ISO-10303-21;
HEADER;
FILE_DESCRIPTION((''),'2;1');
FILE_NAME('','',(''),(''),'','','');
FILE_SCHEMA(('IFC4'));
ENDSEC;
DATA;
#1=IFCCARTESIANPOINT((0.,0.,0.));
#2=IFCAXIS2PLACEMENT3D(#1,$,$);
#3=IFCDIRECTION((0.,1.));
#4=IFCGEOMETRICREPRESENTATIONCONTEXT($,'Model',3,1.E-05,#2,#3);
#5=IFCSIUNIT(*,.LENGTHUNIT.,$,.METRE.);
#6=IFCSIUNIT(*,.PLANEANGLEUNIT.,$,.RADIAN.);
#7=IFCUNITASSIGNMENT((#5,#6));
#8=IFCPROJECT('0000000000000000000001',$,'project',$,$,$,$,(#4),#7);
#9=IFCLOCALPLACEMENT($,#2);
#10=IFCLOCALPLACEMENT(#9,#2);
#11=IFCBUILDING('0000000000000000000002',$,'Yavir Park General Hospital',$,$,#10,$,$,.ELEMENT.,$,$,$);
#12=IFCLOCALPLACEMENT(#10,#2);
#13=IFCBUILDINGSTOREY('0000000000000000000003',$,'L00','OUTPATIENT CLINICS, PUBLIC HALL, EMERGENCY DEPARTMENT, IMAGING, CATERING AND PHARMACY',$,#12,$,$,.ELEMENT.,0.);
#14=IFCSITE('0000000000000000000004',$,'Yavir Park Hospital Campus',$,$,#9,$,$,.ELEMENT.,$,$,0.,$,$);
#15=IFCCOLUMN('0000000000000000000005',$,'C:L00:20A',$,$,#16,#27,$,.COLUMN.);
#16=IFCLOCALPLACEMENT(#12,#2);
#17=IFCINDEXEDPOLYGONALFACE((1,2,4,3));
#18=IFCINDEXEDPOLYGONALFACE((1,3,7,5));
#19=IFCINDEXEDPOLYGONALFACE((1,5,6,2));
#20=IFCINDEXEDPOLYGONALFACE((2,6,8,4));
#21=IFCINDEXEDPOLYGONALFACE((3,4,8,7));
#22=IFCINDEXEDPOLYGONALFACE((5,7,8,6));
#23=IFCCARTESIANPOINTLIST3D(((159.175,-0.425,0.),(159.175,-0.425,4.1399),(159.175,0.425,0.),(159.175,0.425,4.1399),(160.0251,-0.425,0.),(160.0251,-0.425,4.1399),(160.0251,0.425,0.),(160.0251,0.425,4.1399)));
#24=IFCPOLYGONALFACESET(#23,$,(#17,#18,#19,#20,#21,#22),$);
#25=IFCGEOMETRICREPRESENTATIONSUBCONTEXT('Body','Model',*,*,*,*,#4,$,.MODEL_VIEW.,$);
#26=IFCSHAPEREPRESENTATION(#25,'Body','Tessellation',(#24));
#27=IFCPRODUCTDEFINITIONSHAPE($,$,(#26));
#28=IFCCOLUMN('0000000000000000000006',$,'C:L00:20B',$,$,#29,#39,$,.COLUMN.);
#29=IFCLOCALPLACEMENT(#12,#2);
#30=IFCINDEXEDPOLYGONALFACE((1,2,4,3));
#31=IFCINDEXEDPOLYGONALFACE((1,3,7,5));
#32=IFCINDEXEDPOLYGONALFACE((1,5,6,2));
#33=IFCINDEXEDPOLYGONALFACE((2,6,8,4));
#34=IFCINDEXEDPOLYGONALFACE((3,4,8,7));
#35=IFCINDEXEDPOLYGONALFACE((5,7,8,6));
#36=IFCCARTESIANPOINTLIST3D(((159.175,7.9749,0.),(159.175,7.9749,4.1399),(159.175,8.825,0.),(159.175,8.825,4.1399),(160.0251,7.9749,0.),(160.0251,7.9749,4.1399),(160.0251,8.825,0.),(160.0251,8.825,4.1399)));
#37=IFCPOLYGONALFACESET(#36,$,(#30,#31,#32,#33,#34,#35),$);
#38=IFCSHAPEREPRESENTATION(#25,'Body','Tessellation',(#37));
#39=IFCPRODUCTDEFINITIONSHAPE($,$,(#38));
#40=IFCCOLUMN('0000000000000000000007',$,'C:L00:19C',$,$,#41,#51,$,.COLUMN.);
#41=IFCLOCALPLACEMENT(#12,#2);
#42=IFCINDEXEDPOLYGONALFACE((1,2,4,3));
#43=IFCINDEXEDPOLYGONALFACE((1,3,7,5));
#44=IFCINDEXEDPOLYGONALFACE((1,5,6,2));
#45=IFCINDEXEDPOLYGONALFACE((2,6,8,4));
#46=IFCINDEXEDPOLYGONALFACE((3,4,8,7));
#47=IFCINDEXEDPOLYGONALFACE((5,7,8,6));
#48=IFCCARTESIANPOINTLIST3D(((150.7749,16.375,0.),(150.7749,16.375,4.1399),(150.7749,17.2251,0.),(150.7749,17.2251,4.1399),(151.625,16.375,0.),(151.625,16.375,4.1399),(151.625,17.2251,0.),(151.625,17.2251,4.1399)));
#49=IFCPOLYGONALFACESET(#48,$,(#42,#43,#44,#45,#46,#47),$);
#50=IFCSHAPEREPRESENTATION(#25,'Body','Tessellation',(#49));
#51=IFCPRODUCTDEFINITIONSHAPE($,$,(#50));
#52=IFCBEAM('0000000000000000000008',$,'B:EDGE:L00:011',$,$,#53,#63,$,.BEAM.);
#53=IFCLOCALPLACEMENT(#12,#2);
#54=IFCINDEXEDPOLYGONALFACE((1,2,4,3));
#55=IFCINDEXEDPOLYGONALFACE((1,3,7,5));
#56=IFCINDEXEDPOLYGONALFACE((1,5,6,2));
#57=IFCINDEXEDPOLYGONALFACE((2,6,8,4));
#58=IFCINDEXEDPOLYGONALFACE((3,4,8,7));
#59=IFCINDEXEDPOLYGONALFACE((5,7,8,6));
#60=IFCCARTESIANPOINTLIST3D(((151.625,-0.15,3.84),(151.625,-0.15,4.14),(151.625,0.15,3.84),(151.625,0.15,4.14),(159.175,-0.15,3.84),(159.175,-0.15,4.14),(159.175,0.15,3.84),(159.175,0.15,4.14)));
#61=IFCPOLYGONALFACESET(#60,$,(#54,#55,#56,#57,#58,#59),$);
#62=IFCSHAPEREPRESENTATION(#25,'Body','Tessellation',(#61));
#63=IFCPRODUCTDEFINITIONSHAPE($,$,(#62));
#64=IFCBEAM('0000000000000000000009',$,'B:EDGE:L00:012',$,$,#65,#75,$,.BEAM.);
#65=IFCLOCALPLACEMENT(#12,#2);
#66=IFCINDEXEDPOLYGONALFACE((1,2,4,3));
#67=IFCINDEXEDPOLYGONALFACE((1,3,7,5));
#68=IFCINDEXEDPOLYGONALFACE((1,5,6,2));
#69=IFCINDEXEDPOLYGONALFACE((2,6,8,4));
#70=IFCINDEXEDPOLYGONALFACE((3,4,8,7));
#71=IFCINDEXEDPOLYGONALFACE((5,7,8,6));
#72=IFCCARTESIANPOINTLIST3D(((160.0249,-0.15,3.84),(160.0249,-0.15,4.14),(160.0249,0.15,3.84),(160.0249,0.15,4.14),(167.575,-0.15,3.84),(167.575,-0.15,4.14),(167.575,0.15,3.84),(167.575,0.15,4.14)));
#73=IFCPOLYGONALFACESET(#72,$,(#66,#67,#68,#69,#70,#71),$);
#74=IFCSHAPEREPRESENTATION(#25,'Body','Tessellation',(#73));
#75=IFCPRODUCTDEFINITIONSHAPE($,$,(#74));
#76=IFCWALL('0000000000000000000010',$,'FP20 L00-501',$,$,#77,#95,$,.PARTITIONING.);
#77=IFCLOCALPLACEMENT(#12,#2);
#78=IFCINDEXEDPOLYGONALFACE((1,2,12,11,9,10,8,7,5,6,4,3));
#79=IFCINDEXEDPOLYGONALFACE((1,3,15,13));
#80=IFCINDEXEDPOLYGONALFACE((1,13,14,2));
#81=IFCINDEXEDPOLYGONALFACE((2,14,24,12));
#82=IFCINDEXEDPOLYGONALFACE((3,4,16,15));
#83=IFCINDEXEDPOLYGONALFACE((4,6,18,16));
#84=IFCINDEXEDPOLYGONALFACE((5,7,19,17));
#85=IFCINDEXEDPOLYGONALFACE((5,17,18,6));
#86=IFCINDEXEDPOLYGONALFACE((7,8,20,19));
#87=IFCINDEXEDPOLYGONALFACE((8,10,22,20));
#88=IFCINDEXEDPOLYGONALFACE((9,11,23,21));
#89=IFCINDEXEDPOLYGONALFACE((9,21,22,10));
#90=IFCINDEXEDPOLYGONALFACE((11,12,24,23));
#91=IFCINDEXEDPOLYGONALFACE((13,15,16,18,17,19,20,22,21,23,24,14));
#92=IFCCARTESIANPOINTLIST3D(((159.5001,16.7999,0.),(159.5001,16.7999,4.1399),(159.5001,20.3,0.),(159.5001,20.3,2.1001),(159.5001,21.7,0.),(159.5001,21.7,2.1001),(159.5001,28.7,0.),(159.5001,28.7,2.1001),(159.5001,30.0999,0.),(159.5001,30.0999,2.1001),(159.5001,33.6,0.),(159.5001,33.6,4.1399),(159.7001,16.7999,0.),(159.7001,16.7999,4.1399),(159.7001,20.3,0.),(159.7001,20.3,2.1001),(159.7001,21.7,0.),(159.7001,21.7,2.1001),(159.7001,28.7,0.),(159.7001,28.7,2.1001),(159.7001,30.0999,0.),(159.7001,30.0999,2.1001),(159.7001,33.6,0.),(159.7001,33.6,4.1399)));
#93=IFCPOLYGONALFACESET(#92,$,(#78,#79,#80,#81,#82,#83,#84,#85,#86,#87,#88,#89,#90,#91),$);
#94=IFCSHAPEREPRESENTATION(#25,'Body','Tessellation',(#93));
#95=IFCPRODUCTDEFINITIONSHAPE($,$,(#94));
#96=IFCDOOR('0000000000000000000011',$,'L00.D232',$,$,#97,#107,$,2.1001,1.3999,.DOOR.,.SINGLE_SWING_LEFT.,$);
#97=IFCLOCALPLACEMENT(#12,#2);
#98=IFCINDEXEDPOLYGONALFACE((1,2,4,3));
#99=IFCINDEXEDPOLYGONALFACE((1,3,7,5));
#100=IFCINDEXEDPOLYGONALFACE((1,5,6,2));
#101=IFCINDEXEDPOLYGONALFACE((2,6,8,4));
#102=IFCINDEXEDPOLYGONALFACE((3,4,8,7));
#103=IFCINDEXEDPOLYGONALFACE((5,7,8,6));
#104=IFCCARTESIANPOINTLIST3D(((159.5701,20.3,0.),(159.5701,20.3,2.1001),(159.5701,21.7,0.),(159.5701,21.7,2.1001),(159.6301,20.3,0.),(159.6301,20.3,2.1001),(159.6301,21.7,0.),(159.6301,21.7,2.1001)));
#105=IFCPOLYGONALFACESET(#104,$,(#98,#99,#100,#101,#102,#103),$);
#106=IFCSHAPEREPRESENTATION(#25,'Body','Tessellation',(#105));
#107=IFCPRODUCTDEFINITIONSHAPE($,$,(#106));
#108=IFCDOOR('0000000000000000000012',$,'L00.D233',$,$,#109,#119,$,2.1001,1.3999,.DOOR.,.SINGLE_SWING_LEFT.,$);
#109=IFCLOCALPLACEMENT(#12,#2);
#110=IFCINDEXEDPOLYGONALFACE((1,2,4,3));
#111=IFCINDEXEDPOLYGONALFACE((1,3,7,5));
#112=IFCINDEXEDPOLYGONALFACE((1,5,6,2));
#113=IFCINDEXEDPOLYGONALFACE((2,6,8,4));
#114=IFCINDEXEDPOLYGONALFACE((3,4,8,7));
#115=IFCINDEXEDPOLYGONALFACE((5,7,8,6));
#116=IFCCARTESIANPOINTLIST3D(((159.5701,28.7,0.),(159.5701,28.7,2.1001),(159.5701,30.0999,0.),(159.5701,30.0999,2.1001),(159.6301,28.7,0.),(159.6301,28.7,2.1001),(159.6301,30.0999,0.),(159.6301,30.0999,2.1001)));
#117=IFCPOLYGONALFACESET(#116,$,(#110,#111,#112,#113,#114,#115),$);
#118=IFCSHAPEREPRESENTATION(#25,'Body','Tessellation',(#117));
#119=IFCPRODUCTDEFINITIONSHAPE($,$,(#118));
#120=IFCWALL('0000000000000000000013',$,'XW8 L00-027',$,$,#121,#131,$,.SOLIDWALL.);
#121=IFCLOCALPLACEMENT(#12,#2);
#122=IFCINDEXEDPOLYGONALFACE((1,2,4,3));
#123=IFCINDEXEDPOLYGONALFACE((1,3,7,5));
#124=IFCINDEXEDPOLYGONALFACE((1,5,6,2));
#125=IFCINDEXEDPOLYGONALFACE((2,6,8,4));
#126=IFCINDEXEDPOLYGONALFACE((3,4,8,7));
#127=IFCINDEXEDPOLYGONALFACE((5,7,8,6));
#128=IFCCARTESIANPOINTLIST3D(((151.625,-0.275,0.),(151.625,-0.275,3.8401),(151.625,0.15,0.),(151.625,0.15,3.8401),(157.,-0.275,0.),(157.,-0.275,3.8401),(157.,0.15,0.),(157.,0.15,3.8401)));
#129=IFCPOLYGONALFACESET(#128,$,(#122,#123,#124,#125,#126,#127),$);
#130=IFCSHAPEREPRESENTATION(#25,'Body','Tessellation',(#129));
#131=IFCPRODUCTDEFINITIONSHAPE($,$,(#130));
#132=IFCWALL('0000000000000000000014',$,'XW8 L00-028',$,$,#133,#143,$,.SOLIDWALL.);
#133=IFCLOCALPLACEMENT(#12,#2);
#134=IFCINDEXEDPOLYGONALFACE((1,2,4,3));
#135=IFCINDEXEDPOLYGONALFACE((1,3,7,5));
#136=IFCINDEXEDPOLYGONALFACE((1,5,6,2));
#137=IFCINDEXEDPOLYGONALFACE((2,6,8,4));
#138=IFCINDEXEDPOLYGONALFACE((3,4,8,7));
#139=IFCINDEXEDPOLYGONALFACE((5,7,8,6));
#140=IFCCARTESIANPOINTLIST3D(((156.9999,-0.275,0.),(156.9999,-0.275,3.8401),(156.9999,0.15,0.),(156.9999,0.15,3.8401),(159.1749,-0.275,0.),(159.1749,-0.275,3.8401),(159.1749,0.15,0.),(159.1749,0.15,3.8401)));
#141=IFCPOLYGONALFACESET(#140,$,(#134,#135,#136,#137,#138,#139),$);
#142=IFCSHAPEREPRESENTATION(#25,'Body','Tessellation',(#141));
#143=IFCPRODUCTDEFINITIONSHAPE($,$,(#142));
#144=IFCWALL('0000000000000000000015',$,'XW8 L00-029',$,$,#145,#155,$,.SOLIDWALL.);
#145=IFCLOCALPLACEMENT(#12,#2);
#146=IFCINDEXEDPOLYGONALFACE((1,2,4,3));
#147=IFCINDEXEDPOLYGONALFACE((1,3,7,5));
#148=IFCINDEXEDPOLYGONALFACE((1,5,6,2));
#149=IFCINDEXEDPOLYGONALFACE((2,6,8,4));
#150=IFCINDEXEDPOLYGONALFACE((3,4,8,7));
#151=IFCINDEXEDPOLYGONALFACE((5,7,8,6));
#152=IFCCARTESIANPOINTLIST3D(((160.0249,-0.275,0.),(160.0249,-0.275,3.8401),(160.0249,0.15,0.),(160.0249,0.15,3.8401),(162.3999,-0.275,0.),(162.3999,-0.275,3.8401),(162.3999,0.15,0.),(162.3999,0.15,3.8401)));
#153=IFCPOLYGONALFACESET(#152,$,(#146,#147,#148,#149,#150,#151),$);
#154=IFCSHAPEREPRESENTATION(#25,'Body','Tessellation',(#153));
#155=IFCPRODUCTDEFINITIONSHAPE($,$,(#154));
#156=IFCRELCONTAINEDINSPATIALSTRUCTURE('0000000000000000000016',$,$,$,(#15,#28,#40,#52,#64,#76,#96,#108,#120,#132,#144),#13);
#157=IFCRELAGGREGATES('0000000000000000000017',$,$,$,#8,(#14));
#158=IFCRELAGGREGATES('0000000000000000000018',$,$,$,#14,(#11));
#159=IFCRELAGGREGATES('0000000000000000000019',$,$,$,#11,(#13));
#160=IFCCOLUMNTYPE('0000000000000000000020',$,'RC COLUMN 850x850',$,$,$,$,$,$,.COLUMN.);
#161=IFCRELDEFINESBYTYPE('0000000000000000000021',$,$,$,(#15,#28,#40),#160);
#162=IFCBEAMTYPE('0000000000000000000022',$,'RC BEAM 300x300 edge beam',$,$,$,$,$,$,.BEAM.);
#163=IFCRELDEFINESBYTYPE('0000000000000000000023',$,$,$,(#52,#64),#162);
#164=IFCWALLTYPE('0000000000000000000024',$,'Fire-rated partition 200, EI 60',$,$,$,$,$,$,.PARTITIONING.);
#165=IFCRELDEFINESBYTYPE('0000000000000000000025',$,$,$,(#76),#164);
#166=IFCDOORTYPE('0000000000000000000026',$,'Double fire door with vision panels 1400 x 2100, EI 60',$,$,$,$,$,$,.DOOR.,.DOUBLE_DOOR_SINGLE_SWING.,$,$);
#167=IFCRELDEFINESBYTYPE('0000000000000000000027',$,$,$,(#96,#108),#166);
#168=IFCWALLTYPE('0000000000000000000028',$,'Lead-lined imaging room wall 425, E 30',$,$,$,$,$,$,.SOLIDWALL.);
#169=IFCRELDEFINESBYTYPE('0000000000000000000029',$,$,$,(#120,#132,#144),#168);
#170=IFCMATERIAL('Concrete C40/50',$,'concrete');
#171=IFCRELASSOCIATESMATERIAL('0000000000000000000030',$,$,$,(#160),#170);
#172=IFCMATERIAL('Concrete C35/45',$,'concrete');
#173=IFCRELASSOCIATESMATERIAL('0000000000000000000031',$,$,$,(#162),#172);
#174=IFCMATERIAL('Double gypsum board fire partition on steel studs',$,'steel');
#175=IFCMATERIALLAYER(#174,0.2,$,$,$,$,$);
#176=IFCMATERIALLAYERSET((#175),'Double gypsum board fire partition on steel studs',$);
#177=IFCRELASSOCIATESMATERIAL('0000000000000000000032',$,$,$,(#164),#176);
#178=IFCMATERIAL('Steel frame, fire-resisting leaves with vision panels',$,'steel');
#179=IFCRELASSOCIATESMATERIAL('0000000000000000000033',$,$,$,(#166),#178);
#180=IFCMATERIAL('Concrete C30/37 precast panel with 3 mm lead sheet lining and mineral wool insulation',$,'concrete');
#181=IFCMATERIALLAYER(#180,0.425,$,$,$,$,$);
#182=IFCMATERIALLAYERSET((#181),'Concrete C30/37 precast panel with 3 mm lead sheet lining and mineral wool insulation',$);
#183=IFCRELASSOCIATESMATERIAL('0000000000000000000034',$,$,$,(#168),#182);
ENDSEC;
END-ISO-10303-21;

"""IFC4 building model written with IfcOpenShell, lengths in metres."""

from ifc_helpers import new_model, si_unit, direction, frame, frame_2d, origin, origin_2d, place, context, subcontext, project, spatial, rectangle, extrude, material, layer, layer_set, material_profile, profile_set, type_object, element, fill, save


model = new_model("IFC4")

# Units and contexts
model_context = context("Model", 3, precision=1e-05, world=origin(), true_north=direction((0.0, 1.0)))
body_context = subcontext(model_context, "Body", "Model", "MODEL_VIEW")
ifc_project = project(units=[si_unit("LENGTHUNIT", "METRE"), si_unit("PLANEANGLEUNIT", "RADIAN")], contexts=[model_context])

# Site, building, storey
site_placement = place(None, origin())
site = spatial("IfcSite", under=ifc_project, at=site_placement, Name="Yavir Park Hospital Campus", CompositionType="ELEMENT", RefElevation=0.0)
building_placement = place(site_placement, origin())
building = spatial("IfcBuilding", under=site, at=building_placement, Name="Yavir Park General Hospital", CompositionType="ELEMENT")
storey_placement = place(building_placement, origin())
storey = spatial("IfcBuildingStorey", under=building, at=storey_placement, Name="L00", Description="OUTPATIENT CLINICS, PUBLIC HALL, EMERGENCY DEPARTMENT, IMAGING, CATERING AND PHARMACY", CompositionType="ELEMENT", Elevation=0.0)

# Columns
ifc_material_1 = material(Name="Concrete C40/50", Category="concrete")
ifc_material_profile_1 = material_profile(ifc_material_1, rectangle(XDim=0.8501, YDim=0.8501, at=origin_2d()), Name="RC850x850")
ifc_profile_set_1 = profile_set([ifc_material_profile_1], Name="Concrete C40/50")
column_type = type_object("IfcColumnType", Name="RC COLUMN 850x850", PredefinedType="COLUMN", material=ifc_profile_set_1)
for number, where, z_axis, x_axis, name in (
    (1, (159.6001, 0.0, 0.0), (0.0, 0.0, 1.0), (1.0, 0.0, 0.0), "C:L00:20A"),
    (2, (159.6001, 8.3999, 0.0), (0.0, 0.0, 1.0), (1.0, 0.0, 0.0), "C:L00:20B"),
    (3, (151.2, 16.8, 0.0), (0.0, 0.0, 1.0), (1.0, 0.0, 0.0), "C:L00:19C"),
):
    element("IfcColumn", number, at=place(storey_placement, frame(where, z_axis=z_axis, x_axis=x_axis)), inside=storey, type_object=column_type, Name=name, PredefinedType="COLUMN", context=body_context, shape_type="SweptSolid", body=[
        extrude(rectangle(XDim=0.8501, YDim=0.8501, at=origin_2d()), origin(), (0.0, 0.0, 1.0), 4.1399),
    ])

# Beams
ifc_material_2 = material(Name="Concrete C35/45", Category="concrete")
ifc_material_profile_2 = material_profile(ifc_material_2, rectangle(XDim=0.3, YDim=0.3, at=origin_2d()), Name="RC300x300")
ifc_profile_set_2 = profile_set([ifc_material_profile_2], Name="Concrete C35/45")
beam_type = type_object("IfcBeamType", Name="RC BEAM 300x300 edge beam", PredefinedType="BEAM", material=ifc_profile_set_2)
for number, where, z_axis, x_axis, name in (
    (4, (151.625, 0.0, 3.99), (1.0, 0.0, 0.0), (0.0, 1.0, 0.0), "B:EDGE:L00:011"),
    (5, (160.0249, 0.0, 3.99), (1.0, 0.0, 0.0), (0.0, 1.0, 0.0), "B:EDGE:L00:012"),
):
    element("IfcBeam", number, at=place(storey_placement, frame(where, z_axis=z_axis, x_axis=x_axis)), inside=storey, type_object=beam_type, Name=name, PredefinedType="BEAM", context=body_context, shape_type="SweptSolid", body=[
        extrude(rectangle(XDim=0.3, YDim=0.3, at=origin_2d()), origin(), (0.0, 0.0, 1.0), 7.55),
    ])

# Wall, openings, doors
ifc_material_3 = material(Name="Double gypsum board fire partition on steel studs", Category="steel")
ifc_layer_1 = layer(ifc_material_3, 0.2)
ifc_layer_set_1 = layer_set([ifc_layer_1], Name="Double gypsum board fire partition on steel studs")
wall_type_1 = type_object("IfcWallType", Name="Fire-rated partition 200, EI 60", PredefinedType="PARTITIONING", material=ifc_layer_set_1)
wall_1_placement = place(storey_placement, frame((159.6001, 16.8, 0.0), z_axis=(0.0, 0.0, 1.0), x_axis=(0.0, 1.0, 0.0)))
wall_1 = element("IfcWall", 6, at=wall_1_placement, inside=storey, type_object=wall_type_1, Name="FP20 L00-501", PredefinedType="PARTITIONING", context=body_context, shape_type="SweptSolid", body=[
    extrude(rectangle(XDim=16.8, YDim=0.2, at=frame_2d((8.3999, 0.0))), origin(), (0.0, 0.0, 1.0), 4.1399),
])
opening_1_placement = place(wall_1_placement, frame((3.5, 0.0, 0.0)))
opening_1 = element("IfcOpeningElement", 7, at=opening_1_placement, cuts=wall_1, PredefinedType="OPENING", context=body_context, shape_type="SweptSolid", body=[
    extrude(rectangle(XDim=1.3999, YDim=2.1001, at=frame_2d((0.7, 1.05))), frame((0.0, 0.1099, 0.0), z_axis=(0.0, -1.0, 0.0), x_axis=(1.0, 0.0, 0.0)), (0.0, 0.0, 1.0), 0.22),
])
opening_2_placement = place(wall_1_placement, frame((11.8999, 0.0, 0.0)))
opening_2 = element("IfcOpeningElement", 8, at=opening_2_placement, cuts=wall_1, PredefinedType="OPENING", context=body_context, shape_type="SweptSolid", body=[
    extrude(rectangle(XDim=1.3999, YDim=2.1001, at=frame_2d((0.7, 1.05))), frame((0.0, 0.1099, 0.0), z_axis=(0.0, -1.0, 0.0), x_axis=(1.0, 0.0, 0.0)), (0.0, 0.0, 1.0), 0.22),
])
ifc_material_4 = material(Name="Steel frame, fire-resisting leaves with vision panels", Category="steel")
door_type_1 = type_object("IfcDoorType", Name="Double fire door with vision panels 1400 x 2100, EI 60", OperationType="DOUBLE_DOOR_SINGLE_SWING", PredefinedType="DOOR", material=ifc_material_4)
door_1_placement = place(opening_1_placement, origin())
door_1 = element("IfcDoor", 9, at=door_1_placement, inside=storey, type_object=door_type_1, Name="L00.D232", OperationType="SINGLE_SWING_LEFT", OverallHeight=2.1001, OverallWidth=1.3999, PredefinedType="DOOR", context=body_context, shape_type="SweptSolid", body=[
    extrude(rectangle(XDim=1.3999, YDim=2.1001, at=frame_2d((0.7, 1.05))), frame((0.0, 0.03, 0.0), z_axis=(0.0, -1.0, 0.0), x_axis=(1.0, 0.0, 0.0)), (0.0, 0.0, 1.0), 0.0601),
])
fill(opening_1, door_1)
door_2_placement = place(opening_2_placement, origin())
door_2 = element("IfcDoor", 10, at=door_2_placement, inside=storey, type_object=door_type_1, Name="L00.D233", OperationType="SINGLE_SWING_LEFT", OverallHeight=2.1001, OverallWidth=1.3999, PredefinedType="DOOR", context=body_context, shape_type="SweptSolid", body=[
    extrude(rectangle(XDim=1.3999, YDim=2.1001, at=frame_2d((0.7, 1.05))), frame((0.0, 0.03, 0.0), z_axis=(0.0, -1.0, 0.0), x_axis=(1.0, 0.0, 0.0)), (0.0, 0.0, 1.0), 0.0601),
])
fill(opening_2, door_2)

# Walls
ifc_material_5 = material(Name="Concrete C30/37 precast panel with 3 mm lead sheet lining and mineral wool insulation", Category="concrete")
ifc_layer_2 = layer(ifc_material_5, 0.425)
ifc_layer_set_2 = layer_set([ifc_layer_2], Name="Concrete C30/37 precast panel with 3 mm lead sheet lining and mineral wool insulation")
wall_type_2 = type_object("IfcWallType", Name="Lead-lined imaging room wall 425, E 30", PredefinedType="SOLIDWALL", material=ifc_layer_set_2)
wall_2_placement = place(storey_placement, frame((151.625, -0.0625, 0.0), z_axis=(0.0, 0.0, 1.0), x_axis=(1.0, 0.0, 0.0)))
element("IfcWall", 11, at=wall_2_placement, inside=storey, type_object=wall_type_2, Name="XW8 L00-027", PredefinedType="SOLIDWALL", context=body_context, shape_type="SweptSolid", body=[
    extrude(rectangle(XDim=5.375, YDim=0.425, at=frame_2d((2.6875, 0.0))), origin(), (0.0, 0.0, 1.0), 3.8401),
])
wall_3_placement = place(storey_placement, frame((157.0, -0.0625, 0.0), z_axis=(0.0, 0.0, 1.0), x_axis=(1.0, 0.0, 0.0)))
element("IfcWall", 12, at=wall_3_placement, inside=storey, type_object=wall_type_2, Name="XW8 L00-028", PredefinedType="SOLIDWALL", context=body_context, shape_type="SweptSolid", body=[
    extrude(rectangle(XDim=2.175, YDim=0.425, at=frame_2d((1.0874, 0.0))), origin(), (0.0, 0.0, 1.0), 3.8401),
])
wall_4_placement = place(storey_placement, frame((160.0249, -0.0625, 0.0), z_axis=(0.0, 0.0, 1.0), x_axis=(1.0, 0.0, 0.0)))
element("IfcWall", 13, at=wall_4_placement, inside=storey, type_object=wall_type_2, Name="XW8 L00-029", PredefinedType="SOLIDWALL", context=body_context, shape_type="SweptSolid", body=[
    extrude(rectangle(XDim=2.375, YDim=0.425, at=frame_2d((1.1875, 0.0))), origin(), (0.0, 0.0, 1.0), 3.8401),
])

save(model, "model.ifc")
